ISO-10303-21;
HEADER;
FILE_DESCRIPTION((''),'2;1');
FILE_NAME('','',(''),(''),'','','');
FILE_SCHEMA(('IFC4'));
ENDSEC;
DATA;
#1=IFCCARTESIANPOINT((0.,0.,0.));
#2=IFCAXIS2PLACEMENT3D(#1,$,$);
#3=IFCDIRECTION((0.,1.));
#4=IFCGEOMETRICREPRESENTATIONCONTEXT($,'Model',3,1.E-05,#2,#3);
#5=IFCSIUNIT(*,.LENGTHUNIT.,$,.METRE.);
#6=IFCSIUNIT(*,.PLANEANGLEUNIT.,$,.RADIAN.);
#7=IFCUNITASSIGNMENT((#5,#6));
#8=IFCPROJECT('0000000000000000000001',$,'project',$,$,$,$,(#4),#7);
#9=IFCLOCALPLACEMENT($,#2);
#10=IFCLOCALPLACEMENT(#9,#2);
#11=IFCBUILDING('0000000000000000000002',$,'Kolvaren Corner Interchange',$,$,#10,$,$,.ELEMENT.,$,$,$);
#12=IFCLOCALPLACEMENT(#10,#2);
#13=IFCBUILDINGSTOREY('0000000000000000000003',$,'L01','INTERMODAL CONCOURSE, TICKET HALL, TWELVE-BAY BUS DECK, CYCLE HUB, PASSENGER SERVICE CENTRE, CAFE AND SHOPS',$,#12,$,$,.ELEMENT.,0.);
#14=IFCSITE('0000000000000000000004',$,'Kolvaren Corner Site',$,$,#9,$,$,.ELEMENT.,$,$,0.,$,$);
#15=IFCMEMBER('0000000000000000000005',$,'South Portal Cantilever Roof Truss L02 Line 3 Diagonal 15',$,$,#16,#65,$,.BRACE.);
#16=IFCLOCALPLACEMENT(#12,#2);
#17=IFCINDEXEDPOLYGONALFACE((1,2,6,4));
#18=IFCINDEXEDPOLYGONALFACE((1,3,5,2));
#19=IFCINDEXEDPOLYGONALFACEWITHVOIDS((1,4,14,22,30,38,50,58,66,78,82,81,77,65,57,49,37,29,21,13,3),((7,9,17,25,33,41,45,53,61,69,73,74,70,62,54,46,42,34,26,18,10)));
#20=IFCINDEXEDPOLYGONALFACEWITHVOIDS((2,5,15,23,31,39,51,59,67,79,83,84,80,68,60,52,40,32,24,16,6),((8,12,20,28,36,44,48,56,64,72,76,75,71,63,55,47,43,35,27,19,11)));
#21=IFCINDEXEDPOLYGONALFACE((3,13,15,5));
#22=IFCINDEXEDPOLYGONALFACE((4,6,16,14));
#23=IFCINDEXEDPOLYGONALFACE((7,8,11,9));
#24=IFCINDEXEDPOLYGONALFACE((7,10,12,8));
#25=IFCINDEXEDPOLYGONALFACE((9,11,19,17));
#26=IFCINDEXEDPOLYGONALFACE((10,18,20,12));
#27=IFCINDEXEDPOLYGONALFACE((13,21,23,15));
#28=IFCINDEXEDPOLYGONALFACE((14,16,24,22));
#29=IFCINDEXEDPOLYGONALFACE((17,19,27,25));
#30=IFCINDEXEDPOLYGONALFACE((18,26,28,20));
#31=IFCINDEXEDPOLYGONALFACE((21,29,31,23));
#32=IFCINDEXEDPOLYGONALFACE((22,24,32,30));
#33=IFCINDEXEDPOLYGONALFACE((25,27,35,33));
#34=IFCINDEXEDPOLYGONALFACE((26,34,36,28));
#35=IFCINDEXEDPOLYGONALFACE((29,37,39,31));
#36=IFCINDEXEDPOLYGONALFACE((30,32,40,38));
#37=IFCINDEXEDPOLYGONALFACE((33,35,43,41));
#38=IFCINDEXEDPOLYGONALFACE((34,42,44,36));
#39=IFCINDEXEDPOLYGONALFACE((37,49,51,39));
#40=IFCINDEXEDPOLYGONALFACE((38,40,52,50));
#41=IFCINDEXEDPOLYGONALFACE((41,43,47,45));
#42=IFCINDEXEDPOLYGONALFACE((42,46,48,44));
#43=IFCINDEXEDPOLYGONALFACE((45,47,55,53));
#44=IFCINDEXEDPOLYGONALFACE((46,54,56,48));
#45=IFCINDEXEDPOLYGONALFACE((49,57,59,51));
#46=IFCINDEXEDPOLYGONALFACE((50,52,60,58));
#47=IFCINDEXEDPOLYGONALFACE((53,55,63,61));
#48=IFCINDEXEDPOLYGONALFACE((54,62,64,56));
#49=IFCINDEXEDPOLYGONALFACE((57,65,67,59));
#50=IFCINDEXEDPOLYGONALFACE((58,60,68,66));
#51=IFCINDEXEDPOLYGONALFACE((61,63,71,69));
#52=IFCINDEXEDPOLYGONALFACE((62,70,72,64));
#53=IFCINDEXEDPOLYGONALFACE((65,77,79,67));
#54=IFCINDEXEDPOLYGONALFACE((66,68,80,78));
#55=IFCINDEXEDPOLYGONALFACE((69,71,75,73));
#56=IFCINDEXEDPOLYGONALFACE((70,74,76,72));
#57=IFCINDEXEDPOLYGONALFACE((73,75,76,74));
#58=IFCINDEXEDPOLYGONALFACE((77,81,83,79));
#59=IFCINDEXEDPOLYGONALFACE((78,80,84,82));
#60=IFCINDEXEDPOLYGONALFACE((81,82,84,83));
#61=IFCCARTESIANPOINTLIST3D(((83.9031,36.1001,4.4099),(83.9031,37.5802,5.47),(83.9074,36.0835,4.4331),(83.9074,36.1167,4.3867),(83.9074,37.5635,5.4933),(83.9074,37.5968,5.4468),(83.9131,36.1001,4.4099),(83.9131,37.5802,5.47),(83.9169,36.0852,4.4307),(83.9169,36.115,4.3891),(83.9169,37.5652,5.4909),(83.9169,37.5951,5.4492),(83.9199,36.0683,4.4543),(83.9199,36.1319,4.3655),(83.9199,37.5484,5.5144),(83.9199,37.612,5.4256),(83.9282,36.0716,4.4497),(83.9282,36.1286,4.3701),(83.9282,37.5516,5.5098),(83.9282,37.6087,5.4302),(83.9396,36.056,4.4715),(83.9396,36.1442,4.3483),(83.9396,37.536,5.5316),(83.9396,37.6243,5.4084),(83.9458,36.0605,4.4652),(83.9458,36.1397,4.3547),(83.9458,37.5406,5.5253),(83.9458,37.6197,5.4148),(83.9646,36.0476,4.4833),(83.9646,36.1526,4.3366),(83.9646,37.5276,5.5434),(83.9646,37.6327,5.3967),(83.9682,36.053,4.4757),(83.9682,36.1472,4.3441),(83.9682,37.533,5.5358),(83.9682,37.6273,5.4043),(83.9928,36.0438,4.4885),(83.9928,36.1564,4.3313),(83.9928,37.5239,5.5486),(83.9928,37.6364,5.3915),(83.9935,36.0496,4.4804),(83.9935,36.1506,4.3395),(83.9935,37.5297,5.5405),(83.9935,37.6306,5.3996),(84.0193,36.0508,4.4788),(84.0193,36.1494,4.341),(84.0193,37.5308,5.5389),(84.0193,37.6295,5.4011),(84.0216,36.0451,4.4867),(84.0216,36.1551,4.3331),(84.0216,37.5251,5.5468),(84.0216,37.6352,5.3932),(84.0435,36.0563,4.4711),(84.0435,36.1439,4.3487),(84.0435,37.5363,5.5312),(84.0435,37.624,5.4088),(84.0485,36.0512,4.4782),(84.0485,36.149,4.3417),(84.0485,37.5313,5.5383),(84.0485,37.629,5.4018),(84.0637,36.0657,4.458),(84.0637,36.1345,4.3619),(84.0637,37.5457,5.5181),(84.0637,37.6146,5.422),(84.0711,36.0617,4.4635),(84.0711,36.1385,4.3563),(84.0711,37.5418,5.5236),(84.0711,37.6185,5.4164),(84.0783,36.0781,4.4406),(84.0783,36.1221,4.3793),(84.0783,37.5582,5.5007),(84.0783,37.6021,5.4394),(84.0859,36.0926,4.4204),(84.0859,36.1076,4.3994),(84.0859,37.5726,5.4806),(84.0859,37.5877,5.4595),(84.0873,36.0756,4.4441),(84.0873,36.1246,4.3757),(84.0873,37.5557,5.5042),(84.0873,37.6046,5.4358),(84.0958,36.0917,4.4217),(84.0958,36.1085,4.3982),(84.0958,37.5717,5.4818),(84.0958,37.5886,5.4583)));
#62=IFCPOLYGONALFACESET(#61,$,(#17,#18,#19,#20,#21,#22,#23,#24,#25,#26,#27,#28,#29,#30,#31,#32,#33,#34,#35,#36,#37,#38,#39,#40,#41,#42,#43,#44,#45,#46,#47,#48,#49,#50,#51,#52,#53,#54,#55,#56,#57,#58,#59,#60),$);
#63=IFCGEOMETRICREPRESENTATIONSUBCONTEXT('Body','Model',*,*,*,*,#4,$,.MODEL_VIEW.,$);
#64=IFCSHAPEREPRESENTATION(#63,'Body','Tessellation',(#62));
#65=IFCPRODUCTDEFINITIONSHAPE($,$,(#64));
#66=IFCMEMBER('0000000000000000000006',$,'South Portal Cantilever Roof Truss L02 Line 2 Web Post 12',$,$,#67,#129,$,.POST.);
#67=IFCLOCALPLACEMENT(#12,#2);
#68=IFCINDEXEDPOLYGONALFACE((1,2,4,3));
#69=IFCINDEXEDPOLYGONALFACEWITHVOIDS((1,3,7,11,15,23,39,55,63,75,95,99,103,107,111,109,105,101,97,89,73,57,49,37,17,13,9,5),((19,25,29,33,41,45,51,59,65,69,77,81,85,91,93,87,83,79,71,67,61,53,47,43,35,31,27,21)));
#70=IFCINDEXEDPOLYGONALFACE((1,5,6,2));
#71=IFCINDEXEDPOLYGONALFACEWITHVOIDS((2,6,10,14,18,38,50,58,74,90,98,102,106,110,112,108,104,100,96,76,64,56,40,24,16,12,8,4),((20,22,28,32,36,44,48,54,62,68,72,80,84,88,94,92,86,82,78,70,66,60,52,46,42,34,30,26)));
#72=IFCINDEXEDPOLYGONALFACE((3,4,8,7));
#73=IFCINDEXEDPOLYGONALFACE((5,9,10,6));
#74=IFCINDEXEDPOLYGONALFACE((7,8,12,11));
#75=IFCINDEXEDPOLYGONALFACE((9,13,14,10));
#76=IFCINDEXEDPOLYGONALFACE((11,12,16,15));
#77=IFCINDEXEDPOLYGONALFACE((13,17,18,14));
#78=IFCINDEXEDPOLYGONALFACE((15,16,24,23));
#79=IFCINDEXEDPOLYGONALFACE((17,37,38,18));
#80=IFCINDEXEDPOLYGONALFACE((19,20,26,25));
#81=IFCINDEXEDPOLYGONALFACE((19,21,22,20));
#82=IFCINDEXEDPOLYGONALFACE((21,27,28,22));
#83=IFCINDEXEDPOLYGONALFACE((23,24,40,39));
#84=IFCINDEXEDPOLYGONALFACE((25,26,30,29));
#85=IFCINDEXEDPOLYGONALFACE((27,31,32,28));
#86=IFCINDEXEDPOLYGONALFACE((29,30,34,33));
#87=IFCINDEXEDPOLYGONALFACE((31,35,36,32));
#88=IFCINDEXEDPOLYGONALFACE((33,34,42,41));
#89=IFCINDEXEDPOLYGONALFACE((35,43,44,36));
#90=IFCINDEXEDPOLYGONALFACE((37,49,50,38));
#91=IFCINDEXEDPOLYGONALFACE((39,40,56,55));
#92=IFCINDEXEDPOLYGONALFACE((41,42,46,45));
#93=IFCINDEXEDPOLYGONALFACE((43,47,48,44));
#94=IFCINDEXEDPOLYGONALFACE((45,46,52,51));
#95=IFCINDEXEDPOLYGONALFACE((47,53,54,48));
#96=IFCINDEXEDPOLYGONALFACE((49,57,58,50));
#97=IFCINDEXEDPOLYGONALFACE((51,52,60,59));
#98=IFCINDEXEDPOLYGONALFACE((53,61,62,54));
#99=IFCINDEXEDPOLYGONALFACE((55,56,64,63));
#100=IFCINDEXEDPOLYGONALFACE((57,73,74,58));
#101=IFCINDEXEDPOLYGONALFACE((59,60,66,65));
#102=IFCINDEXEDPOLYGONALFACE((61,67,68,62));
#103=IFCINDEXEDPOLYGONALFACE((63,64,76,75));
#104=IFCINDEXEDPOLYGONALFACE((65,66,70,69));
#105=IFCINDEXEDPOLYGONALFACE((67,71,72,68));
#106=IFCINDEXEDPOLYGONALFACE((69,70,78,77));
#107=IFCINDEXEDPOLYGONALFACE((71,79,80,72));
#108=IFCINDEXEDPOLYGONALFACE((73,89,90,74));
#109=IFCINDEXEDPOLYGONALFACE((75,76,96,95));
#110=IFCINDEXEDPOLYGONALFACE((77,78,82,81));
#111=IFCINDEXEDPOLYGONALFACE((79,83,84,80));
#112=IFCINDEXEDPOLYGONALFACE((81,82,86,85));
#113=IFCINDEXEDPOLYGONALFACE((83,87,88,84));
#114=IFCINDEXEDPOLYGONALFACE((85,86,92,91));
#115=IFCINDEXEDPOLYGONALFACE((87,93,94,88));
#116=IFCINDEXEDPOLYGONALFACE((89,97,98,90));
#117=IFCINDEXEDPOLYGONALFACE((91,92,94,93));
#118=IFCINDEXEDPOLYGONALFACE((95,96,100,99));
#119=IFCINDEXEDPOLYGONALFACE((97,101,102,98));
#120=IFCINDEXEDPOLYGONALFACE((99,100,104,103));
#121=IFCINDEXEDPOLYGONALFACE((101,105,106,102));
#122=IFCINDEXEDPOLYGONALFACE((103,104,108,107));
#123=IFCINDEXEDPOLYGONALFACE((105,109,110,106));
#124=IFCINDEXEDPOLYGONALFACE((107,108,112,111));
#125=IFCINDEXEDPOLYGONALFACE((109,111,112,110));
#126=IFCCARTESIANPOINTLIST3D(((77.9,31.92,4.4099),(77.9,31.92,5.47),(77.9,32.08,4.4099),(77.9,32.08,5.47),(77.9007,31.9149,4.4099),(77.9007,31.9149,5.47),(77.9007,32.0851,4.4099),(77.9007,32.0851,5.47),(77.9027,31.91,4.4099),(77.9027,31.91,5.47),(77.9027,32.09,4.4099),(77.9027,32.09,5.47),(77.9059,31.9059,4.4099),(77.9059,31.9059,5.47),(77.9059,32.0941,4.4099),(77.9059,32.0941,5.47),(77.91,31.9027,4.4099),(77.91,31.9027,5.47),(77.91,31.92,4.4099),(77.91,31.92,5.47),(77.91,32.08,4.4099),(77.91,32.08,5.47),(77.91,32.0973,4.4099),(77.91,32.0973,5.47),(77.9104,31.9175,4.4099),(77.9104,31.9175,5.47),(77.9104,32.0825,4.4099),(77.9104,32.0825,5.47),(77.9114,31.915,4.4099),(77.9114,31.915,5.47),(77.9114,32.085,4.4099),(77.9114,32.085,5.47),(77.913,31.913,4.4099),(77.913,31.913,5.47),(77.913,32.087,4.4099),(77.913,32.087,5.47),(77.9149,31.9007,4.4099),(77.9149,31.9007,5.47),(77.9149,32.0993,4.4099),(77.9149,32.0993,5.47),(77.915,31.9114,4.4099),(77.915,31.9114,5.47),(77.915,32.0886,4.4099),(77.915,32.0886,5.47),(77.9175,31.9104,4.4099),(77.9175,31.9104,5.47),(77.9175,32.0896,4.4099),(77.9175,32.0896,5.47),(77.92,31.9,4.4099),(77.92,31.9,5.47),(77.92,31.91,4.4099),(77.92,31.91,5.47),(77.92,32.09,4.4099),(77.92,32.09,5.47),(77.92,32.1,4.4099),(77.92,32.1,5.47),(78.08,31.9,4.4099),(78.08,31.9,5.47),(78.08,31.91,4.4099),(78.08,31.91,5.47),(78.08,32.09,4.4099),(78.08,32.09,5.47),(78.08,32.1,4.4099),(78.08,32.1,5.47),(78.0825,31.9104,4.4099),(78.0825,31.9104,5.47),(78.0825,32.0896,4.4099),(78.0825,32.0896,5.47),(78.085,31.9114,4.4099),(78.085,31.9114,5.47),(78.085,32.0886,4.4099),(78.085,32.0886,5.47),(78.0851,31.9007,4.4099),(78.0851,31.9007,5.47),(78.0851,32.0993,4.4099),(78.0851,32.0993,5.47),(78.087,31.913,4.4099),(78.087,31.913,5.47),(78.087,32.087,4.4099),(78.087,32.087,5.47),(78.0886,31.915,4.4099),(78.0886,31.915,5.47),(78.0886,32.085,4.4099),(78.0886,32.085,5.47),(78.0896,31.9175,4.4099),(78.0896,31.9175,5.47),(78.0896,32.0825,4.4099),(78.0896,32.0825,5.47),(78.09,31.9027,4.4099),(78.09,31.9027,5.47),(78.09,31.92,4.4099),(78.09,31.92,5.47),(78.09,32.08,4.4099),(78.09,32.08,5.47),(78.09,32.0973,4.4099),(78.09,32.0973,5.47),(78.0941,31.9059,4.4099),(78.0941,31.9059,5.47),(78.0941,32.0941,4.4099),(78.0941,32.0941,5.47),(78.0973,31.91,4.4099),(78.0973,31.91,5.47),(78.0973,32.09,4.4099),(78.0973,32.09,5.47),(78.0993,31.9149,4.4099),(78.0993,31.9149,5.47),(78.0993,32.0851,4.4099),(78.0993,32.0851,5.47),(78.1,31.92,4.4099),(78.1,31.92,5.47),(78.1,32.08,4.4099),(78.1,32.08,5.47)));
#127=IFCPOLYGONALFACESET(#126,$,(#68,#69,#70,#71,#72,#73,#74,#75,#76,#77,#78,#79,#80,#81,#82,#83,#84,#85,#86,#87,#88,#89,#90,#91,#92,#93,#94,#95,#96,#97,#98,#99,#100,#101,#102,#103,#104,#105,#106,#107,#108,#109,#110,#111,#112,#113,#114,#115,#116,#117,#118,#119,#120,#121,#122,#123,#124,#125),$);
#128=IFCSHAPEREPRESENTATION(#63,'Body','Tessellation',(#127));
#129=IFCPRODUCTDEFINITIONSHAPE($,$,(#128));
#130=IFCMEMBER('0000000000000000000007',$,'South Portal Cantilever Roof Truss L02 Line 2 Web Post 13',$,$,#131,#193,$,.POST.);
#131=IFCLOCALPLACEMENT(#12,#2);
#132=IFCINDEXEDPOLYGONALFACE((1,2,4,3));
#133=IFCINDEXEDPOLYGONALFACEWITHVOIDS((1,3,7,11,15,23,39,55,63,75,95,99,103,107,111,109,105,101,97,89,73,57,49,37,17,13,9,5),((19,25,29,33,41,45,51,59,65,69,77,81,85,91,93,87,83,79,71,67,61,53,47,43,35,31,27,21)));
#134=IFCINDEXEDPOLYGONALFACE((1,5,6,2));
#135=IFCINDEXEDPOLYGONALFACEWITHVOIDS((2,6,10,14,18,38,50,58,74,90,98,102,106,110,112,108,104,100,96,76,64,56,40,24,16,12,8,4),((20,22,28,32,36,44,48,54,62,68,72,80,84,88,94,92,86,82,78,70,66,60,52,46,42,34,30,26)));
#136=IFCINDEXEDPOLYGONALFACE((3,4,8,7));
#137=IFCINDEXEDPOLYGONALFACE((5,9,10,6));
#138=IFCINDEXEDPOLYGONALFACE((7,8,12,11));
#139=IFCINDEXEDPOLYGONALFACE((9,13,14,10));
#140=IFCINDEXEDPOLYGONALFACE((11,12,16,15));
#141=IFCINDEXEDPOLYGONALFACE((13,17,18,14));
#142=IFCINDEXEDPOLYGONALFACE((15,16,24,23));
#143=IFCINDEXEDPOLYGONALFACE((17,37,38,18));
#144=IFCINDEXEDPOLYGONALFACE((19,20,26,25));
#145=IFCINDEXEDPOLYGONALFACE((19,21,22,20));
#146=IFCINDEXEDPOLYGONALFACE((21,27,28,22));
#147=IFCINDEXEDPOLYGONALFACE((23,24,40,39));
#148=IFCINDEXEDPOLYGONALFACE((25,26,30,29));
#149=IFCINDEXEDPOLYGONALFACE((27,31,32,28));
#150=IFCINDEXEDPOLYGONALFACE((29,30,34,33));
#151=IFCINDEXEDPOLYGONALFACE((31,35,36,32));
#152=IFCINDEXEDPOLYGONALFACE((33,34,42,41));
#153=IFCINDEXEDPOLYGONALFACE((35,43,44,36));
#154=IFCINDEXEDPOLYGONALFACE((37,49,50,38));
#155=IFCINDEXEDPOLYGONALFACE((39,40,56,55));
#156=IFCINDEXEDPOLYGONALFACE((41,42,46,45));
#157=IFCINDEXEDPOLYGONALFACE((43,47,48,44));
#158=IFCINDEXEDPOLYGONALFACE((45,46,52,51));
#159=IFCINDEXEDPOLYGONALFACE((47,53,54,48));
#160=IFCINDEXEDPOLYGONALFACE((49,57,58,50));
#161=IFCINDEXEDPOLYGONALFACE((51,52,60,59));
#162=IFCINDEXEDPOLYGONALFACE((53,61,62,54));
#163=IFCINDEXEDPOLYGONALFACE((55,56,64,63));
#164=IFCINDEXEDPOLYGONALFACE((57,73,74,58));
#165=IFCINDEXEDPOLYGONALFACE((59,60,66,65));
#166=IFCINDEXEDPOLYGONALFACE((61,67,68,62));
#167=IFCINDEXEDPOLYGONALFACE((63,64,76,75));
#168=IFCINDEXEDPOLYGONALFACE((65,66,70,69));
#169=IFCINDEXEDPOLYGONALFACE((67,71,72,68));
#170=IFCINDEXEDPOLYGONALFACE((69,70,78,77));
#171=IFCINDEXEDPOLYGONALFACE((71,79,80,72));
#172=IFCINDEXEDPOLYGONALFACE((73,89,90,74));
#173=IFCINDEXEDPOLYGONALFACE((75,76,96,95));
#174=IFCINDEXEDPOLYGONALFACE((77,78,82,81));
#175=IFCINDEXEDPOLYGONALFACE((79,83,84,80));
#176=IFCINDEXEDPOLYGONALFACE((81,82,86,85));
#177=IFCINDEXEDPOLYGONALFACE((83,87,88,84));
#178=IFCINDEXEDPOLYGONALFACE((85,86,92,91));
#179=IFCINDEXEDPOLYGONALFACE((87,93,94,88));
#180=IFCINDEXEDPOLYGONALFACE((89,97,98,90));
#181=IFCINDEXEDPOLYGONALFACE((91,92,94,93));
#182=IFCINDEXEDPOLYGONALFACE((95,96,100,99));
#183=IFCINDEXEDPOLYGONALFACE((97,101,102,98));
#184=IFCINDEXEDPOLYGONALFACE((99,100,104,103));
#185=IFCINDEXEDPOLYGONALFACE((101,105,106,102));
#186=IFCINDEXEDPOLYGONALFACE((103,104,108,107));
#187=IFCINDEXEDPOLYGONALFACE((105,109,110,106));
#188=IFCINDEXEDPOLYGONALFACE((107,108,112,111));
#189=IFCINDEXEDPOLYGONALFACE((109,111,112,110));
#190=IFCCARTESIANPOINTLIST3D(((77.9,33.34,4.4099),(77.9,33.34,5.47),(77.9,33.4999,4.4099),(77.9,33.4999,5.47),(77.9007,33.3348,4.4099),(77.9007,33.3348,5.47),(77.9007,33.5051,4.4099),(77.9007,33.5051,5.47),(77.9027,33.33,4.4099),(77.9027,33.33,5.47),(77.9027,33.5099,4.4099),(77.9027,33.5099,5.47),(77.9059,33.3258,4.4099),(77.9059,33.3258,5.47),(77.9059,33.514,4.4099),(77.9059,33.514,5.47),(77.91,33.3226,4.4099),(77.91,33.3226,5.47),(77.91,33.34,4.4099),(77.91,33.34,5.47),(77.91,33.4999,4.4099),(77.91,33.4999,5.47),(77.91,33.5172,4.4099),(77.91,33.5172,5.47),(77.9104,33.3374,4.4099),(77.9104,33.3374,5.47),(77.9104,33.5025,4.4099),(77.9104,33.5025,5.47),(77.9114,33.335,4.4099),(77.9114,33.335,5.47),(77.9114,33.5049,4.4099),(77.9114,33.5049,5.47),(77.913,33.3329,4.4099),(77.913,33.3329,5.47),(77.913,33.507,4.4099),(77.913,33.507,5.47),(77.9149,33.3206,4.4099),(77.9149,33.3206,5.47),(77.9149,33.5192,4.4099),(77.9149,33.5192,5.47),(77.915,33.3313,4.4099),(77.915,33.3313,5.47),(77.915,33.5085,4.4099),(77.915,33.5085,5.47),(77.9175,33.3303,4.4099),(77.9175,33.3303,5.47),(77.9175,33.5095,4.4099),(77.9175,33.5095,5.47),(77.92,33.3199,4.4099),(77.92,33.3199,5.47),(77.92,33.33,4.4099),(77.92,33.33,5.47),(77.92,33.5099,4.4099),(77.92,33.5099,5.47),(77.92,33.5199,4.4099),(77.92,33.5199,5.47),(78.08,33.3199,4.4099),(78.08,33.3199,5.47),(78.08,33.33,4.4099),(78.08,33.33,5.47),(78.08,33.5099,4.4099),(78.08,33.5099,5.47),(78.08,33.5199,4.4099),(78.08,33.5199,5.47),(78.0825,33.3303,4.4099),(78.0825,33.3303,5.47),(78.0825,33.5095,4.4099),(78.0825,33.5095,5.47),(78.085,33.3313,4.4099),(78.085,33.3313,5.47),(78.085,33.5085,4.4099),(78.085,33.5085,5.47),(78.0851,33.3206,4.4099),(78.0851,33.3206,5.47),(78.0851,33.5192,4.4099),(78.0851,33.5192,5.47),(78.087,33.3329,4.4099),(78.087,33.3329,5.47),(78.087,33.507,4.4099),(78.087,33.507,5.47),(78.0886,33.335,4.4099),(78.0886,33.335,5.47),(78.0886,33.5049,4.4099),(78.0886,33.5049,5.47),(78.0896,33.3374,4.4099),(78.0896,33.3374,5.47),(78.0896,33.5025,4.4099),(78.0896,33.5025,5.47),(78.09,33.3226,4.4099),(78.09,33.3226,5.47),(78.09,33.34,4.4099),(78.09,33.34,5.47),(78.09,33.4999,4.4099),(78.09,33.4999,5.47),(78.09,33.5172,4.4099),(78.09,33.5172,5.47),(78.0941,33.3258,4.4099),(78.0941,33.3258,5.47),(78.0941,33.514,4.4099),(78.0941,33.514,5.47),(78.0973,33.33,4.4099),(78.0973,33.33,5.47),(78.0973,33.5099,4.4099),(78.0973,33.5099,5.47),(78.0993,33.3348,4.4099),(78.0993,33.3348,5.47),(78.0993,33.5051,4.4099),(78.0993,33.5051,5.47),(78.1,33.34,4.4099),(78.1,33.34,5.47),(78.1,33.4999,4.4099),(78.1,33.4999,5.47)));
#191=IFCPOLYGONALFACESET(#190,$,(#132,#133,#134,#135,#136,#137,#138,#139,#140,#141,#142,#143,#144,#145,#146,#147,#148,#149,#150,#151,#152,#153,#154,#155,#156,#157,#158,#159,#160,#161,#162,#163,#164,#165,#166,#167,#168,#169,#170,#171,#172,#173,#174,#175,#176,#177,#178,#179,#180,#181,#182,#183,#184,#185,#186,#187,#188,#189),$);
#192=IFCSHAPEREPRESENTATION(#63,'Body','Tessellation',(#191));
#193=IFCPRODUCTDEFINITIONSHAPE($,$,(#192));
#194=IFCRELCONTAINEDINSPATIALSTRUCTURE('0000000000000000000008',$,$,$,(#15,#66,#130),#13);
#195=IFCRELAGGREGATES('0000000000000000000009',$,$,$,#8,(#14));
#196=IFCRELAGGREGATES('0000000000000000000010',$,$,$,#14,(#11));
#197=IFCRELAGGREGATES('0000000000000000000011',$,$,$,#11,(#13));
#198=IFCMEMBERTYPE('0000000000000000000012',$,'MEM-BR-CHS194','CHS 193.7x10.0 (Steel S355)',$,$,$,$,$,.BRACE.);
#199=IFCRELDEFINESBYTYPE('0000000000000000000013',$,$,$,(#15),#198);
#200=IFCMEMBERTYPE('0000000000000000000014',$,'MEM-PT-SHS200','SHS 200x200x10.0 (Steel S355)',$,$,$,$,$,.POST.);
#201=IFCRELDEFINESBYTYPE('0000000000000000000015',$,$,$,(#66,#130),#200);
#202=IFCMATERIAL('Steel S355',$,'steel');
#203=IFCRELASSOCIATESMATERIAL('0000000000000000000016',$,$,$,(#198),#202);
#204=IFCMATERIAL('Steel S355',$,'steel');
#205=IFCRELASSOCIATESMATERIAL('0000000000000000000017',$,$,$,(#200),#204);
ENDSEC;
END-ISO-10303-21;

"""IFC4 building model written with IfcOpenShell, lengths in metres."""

from ifc_helpers import new_model, si_unit, direction, frame, origin, origin_2d, place, context, subcontext, project, spatial, hollow_rectangle, hollow_circle, extrude, material, material_profile, profile_set, type_object, element, save


model = new_model("IFC4")

# Units and contexts
model_context = context("Model", 3, precision=1e-05, world=origin(), true_north=direction((0.0, 1.0)))
body_context = subcontext(model_context, "Body", "Model", "MODEL_VIEW")
ifc_project = project(units=[si_unit("LENGTHUNIT", "METRE"), si_unit("PLANEANGLEUNIT", "RADIAN")], contexts=[model_context])

# Site, building, storey
site_placement = place(None, origin())
site = spatial("IfcSite", under=ifc_project, at=site_placement, Name="Kolvaren Corner Site", CompositionType="ELEMENT", RefElevation=0.0)
building_placement = place(site_placement, origin())
building = spatial("IfcBuilding", under=site, at=building_placement, Name="Kolvaren Corner Interchange", CompositionType="ELEMENT")
storey_placement = place(building_placement, origin())
storey = spatial("IfcBuildingStorey", under=building, at=storey_placement, Name="L01", Description="INTERMODAL CONCOURSE, TICKET HALL, TWELVE-BAY BUS DECK, CYCLE HUB, PASSENGER SERVICE CENTRE, CAFE AND SHOPS", CompositionType="ELEMENT", Elevation=0.0)

# Members
ifc_material_1 = material(Name="Steel S355", Category="steel")
ifc_material_profile_1 = material_profile(ifc_material_1, hollow_circle(Radius=0.0969, WallThickness=0.01, at=origin_2d()), Name="CHS 193.7x10.0")
ifc_profile_set_1 = profile_set([ifc_material_profile_1], Name="Steel S355")
member_type_1 = type_object("IfcMemberType", Name="MEM-BR-CHS194", Description="CHS 193.7x10.0 (Steel S355)", PredefinedType="BRACE", material=ifc_profile_set_1)
for number, where, z_axis, x_axis, name in (
    (1, (84.0, 36.1001, 4.4099), (0.0, 0.812972, 0.582303), (-1.0, 0.0, 0.0), "South Portal Cantilever Roof Truss L02 Line 3 Diagonal 15"),
):
    element("IfcMember", number, at=place(storey_placement, frame(where, z_axis=z_axis, x_axis=x_axis)), inside=storey, type_object=member_type_1, Name=name, PredefinedType="BRACE", context=body_context, shape_type="SweptSolid", body=[
        extrude(hollow_circle(Radius=0.0969, WallThickness=0.01, at=origin_2d()), origin(), (0.0, 0.0, 1.0), 1.8206),
    ])
ifc_material_2 = material(Name="Steel S355", Category="steel")
ifc_material_profile_2 = material_profile(ifc_material_2, hollow_rectangle(XDim=0.2, YDim=0.2, WallThickness=0.01, InnerFilletRadius=0.01, OuterFilletRadius=0.02, at=origin_2d()), Name="SHS 200x200x10.0")
ifc_profile_set_2 = profile_set([ifc_material_profile_2], Name="Steel S355")
member_type_2 = type_object("IfcMemberType", Name="MEM-PT-SHS200", Description="SHS 200x200x10.0 (Steel S355)", PredefinedType="POST", material=ifc_profile_set_2)
for number, where, z_axis, x_axis, name in (
    (2, (78.0, 32.0, 4.4099), (0.0, 0.0, 1.0), (1.0, 0.0, 0.0), "South Portal Cantilever Roof Truss L02 Line 2 Web Post 12"),
    (3, (78.0, 33.4199, 4.4099), (0.0, 0.0, 1.0), (1.0, 0.0, 0.0), "South Portal Cantilever Roof Truss L02 Line 2 Web Post 13"),
):
    element("IfcMember", number, at=place(storey_placement, frame(where, z_axis=z_axis, x_axis=x_axis)), inside=storey, type_object=member_type_2, Name=name, PredefinedType="POST", context=body_context, shape_type="SweptSolid", body=[
        extrude(hollow_rectangle(XDim=0.2, YDim=0.2, WallThickness=0.01, InnerFilletRadius=0.01, OuterFilletRadius=0.02, at=origin_2d()), origin(), (0.0, 0.0, 1.0), 1.0601),
    ])

save(model, "model.ifc")
